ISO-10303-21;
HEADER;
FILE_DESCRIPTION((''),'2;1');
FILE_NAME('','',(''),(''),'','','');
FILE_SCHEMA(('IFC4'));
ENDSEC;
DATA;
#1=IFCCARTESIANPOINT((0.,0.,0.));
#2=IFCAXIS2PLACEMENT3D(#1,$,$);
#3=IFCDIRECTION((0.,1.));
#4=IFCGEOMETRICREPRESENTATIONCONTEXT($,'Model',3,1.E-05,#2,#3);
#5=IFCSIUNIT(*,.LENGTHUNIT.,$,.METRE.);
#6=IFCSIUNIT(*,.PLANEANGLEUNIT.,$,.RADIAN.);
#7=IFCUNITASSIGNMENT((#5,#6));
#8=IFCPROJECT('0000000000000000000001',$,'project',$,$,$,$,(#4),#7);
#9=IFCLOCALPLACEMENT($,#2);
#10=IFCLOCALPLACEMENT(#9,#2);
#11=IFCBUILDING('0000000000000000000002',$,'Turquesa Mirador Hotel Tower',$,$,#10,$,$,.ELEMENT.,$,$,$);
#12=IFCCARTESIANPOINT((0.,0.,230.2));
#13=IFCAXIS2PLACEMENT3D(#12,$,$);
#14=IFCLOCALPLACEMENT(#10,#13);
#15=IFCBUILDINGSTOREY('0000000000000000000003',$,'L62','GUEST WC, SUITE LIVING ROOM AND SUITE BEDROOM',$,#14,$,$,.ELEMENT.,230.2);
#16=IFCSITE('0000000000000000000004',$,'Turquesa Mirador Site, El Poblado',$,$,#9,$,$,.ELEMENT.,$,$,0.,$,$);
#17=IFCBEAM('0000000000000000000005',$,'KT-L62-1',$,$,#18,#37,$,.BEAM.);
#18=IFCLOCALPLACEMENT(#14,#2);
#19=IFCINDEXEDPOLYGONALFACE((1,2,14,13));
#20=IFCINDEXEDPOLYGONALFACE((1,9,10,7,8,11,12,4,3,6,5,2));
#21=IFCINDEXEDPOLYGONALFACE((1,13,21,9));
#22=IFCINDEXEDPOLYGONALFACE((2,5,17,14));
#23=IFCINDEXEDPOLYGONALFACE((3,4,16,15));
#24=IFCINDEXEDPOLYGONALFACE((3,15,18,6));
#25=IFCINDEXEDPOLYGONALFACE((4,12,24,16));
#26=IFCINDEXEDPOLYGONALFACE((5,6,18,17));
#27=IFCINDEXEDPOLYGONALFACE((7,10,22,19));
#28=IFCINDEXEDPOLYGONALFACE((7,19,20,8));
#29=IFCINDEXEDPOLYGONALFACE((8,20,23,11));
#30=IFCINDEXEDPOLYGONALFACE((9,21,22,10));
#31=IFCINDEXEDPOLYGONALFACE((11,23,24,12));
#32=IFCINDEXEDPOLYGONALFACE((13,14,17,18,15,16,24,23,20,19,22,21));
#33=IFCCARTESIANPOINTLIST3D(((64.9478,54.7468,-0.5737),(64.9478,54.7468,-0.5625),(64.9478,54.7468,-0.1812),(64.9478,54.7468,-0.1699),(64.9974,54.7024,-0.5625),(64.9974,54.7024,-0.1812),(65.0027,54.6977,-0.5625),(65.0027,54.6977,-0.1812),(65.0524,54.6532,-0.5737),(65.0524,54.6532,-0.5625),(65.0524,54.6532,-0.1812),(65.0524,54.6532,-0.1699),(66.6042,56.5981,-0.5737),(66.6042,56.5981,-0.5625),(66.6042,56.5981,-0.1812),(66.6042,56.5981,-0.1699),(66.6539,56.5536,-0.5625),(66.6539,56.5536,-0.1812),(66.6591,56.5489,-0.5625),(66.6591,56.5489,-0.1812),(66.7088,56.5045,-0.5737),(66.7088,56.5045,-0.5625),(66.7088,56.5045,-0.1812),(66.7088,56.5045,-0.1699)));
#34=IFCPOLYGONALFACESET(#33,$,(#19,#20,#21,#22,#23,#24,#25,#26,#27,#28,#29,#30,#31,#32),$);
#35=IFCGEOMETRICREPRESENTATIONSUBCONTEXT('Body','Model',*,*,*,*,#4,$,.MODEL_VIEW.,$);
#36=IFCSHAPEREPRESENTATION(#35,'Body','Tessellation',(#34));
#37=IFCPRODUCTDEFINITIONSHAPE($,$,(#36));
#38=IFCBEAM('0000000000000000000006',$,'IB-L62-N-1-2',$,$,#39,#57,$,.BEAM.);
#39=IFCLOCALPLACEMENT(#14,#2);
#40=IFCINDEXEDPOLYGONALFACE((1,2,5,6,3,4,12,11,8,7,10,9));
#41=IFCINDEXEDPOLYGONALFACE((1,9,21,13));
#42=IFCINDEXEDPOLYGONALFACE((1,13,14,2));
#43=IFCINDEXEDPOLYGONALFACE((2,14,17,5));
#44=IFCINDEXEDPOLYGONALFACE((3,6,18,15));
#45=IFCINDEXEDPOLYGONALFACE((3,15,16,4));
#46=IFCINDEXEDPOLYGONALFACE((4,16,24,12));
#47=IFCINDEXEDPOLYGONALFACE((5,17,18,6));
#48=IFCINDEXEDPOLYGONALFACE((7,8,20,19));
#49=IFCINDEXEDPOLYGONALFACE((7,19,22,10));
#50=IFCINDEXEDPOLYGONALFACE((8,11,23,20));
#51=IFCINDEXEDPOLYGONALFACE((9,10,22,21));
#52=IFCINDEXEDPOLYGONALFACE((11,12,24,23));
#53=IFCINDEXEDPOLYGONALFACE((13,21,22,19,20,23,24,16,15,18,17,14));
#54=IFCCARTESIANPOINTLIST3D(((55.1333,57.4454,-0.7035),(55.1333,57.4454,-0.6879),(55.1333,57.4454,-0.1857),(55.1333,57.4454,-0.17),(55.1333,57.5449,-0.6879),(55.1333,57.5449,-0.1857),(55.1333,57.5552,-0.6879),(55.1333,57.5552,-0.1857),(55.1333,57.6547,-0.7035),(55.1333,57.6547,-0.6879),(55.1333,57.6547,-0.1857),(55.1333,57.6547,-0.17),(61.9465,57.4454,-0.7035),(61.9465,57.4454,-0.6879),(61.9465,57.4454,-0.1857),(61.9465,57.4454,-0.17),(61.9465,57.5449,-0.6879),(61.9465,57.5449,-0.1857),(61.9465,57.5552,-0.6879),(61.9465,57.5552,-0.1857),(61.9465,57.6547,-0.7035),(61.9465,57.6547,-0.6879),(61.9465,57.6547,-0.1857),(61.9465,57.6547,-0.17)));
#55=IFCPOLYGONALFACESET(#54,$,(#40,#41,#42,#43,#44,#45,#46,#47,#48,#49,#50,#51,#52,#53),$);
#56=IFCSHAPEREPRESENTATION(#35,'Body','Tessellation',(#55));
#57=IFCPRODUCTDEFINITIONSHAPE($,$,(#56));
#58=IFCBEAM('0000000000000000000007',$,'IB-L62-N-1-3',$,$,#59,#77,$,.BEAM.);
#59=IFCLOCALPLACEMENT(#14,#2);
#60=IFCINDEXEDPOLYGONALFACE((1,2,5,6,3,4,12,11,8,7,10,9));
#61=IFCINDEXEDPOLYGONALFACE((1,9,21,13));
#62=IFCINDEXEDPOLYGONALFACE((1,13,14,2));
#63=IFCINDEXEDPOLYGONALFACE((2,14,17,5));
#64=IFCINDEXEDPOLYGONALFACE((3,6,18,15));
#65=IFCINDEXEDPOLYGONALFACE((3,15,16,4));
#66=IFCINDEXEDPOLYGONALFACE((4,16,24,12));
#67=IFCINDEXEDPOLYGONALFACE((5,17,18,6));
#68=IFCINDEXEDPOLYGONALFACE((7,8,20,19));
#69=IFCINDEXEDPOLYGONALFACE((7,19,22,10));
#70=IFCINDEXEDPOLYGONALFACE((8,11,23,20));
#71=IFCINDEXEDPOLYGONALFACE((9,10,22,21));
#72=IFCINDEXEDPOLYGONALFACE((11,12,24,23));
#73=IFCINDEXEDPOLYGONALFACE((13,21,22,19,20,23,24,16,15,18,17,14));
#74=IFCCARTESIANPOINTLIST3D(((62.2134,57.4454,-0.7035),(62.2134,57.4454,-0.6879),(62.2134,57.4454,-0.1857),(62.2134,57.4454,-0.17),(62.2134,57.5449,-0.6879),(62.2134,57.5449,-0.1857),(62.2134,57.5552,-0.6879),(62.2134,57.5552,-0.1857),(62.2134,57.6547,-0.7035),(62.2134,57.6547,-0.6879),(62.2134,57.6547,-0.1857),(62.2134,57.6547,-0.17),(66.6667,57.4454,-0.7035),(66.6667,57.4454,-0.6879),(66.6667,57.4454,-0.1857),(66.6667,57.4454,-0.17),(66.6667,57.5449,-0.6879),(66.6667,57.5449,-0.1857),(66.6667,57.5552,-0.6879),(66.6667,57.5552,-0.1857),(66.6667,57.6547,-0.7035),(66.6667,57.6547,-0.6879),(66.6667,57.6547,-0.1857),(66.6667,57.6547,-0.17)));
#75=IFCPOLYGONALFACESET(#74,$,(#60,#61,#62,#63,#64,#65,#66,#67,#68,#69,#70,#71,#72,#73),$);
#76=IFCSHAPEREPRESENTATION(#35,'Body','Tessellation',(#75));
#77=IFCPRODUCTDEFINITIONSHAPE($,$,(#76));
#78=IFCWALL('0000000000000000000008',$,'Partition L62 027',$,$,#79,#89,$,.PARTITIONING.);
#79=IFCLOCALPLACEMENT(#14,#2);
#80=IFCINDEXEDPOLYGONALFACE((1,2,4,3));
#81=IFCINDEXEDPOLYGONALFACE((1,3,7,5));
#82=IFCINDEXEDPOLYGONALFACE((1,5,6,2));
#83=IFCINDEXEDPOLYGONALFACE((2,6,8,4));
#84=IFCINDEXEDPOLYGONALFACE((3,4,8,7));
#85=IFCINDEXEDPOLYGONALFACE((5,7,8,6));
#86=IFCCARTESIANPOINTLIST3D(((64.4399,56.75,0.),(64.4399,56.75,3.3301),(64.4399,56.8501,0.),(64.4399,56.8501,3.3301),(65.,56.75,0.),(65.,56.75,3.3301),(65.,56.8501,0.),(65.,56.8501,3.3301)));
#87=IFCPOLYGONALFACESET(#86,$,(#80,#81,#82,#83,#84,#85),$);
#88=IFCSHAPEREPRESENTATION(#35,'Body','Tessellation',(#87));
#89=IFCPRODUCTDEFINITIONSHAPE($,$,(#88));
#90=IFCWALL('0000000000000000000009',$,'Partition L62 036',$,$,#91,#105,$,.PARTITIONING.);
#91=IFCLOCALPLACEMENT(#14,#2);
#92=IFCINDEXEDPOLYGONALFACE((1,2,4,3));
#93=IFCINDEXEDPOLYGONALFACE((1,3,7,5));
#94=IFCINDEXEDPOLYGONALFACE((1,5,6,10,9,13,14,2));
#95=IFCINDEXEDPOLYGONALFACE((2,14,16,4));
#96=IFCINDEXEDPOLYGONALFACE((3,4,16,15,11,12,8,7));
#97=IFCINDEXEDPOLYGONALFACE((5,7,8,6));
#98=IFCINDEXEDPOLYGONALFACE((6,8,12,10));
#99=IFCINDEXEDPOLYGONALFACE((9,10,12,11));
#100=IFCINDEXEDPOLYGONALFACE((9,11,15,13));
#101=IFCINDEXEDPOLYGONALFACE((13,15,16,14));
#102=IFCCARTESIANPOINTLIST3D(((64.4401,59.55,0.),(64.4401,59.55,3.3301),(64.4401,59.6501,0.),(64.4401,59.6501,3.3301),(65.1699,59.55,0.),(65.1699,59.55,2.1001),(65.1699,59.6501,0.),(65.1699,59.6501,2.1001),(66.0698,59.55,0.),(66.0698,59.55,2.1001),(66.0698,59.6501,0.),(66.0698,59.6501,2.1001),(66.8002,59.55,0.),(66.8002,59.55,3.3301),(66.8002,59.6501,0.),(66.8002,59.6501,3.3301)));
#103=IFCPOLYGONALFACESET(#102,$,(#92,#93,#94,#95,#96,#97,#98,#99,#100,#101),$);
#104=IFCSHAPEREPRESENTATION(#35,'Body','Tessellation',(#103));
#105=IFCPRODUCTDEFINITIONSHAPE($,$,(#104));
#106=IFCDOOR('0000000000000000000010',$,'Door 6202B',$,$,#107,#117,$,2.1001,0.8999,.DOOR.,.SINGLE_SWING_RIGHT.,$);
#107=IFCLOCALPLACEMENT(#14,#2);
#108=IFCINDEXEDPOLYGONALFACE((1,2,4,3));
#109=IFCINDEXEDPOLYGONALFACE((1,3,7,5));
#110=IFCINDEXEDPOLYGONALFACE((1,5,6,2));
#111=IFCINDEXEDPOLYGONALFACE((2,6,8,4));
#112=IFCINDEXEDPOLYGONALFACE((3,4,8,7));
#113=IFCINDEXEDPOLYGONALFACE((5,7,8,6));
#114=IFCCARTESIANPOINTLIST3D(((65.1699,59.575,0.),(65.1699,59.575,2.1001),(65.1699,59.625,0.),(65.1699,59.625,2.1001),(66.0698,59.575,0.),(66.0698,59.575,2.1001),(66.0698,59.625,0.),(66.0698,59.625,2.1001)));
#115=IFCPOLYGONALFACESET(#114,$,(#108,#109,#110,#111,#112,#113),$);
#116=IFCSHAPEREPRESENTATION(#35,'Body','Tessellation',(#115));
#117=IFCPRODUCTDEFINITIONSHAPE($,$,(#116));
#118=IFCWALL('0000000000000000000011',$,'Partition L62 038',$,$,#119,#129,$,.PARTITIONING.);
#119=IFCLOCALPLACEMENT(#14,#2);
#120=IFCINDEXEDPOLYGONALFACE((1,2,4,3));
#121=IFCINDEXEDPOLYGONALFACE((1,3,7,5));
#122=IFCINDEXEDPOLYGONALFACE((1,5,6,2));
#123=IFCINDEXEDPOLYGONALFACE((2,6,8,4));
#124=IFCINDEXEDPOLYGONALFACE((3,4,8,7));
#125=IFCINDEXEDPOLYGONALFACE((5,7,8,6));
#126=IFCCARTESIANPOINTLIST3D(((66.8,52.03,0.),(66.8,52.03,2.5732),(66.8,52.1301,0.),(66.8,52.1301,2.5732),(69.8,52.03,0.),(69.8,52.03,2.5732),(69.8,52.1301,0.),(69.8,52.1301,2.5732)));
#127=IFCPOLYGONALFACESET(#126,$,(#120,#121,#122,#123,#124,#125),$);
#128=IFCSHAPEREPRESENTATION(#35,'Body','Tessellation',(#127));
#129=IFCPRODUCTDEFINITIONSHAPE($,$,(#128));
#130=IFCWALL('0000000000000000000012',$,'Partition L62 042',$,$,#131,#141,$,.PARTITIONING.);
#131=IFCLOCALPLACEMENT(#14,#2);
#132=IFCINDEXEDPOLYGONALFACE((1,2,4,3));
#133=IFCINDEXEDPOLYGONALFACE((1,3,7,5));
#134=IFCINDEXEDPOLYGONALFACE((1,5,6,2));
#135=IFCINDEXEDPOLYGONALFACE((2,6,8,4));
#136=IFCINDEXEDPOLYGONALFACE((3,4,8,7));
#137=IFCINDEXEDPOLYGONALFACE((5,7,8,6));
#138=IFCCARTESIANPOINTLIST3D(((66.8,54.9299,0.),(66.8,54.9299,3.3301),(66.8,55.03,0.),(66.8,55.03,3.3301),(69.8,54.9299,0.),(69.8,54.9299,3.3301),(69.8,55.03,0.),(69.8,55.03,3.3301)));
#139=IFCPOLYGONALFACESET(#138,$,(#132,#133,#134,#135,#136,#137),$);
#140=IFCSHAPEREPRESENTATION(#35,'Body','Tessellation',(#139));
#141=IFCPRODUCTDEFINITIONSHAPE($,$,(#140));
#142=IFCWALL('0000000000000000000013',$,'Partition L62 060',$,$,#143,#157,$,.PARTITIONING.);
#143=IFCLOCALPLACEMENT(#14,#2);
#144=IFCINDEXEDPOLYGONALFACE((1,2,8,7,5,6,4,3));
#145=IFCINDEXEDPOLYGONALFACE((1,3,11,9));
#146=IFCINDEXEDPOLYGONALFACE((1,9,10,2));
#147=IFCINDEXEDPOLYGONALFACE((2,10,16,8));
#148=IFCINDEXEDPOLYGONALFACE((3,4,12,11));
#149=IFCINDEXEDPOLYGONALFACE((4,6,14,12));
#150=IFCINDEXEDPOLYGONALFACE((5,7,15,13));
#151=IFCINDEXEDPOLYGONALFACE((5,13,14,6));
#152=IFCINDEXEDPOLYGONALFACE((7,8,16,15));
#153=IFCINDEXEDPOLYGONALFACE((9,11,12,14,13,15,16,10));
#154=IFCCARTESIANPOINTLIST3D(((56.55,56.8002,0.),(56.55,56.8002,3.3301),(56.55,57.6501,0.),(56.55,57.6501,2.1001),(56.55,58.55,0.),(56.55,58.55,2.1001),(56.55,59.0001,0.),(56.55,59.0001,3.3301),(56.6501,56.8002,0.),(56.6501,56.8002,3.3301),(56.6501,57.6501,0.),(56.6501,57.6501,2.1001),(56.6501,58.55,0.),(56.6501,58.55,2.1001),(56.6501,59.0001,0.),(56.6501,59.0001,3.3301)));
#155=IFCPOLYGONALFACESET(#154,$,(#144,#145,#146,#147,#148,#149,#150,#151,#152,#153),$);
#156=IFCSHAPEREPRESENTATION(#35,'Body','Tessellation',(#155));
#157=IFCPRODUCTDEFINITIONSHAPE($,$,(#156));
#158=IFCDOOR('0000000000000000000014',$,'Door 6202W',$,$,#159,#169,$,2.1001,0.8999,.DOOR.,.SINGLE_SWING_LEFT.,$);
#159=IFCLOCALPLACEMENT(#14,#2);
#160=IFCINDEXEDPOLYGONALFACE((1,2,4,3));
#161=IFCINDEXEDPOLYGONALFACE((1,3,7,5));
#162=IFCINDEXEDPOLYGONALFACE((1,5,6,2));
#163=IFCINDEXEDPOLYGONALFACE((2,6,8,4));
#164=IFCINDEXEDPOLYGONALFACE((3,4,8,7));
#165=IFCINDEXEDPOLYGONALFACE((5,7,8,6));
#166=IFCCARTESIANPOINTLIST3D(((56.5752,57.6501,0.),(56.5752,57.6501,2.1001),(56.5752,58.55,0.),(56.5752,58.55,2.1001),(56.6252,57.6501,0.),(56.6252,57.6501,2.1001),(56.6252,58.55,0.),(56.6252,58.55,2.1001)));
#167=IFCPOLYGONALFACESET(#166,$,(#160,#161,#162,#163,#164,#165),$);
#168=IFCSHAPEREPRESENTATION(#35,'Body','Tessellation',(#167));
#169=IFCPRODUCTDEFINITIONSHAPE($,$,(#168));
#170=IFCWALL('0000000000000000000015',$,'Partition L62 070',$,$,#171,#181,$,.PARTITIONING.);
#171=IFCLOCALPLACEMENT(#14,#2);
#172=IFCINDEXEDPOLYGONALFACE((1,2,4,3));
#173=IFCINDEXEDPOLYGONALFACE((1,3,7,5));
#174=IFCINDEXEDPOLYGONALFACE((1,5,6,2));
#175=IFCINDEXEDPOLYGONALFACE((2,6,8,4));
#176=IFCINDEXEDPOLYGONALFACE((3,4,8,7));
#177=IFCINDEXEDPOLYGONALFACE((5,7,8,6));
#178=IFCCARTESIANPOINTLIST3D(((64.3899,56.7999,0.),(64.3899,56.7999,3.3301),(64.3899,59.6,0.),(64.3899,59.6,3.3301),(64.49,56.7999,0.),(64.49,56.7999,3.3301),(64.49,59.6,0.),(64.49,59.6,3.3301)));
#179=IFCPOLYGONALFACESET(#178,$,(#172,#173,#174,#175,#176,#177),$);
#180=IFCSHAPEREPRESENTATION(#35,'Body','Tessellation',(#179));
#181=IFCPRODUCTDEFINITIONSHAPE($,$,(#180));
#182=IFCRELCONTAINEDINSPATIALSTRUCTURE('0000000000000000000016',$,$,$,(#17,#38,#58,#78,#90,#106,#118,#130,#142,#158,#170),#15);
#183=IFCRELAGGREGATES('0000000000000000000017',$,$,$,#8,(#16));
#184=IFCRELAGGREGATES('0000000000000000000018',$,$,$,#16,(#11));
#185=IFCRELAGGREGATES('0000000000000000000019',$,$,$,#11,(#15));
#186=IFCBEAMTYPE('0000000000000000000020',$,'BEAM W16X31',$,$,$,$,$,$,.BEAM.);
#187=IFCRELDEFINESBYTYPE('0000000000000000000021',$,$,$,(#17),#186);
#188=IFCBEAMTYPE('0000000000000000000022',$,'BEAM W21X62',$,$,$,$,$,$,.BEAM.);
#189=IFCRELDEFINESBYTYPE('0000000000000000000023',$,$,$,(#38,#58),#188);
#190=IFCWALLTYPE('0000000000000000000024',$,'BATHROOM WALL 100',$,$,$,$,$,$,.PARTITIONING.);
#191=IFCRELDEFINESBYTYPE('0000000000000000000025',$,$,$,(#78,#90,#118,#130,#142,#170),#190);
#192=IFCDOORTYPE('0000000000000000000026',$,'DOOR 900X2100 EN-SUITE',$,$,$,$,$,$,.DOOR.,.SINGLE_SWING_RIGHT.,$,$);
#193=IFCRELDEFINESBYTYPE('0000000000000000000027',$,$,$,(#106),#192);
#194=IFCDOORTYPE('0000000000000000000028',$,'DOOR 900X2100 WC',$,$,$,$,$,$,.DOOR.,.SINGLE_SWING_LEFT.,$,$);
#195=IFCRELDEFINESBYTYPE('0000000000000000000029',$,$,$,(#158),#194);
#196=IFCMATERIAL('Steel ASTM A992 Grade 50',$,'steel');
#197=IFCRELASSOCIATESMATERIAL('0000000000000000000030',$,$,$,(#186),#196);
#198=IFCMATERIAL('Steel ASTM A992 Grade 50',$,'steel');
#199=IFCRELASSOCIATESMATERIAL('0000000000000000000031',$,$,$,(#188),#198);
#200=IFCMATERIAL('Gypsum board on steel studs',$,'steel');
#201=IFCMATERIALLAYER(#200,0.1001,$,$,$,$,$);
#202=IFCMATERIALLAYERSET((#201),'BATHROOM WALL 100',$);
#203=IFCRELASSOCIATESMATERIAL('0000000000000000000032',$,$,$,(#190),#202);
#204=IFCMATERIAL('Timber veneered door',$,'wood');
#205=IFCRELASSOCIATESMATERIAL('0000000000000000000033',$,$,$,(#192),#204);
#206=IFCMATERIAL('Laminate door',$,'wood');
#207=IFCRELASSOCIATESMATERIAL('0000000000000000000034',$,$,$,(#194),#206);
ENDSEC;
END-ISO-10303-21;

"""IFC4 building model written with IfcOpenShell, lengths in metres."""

from ifc_helpers import new_model, si_unit, direction, frame, frame_2d, origin, origin_2d, place, context, subcontext, project, spatial, rectangle, i_section, extrude, material, layer, layer_set, material_profile, profile_set, type_object, element, fill, save


model = new_model("IFC4")

# Units and contexts
model_context = context("Model", 3, precision=1e-05, world=origin(), true_north=direction((0.0, 1.0)))
body_context = subcontext(model_context, "Body", "Model", "MODEL_VIEW")
ifc_project = project(units=[si_unit("LENGTHUNIT", "METRE"), si_unit("PLANEANGLEUNIT", "RADIAN")], contexts=[model_context])

# Site, building, storey
site_placement = place(None, origin())
site = spatial("IfcSite", under=ifc_project, at=site_placement, Name="Turquesa Mirador Site, El Poblado", CompositionType="ELEMENT", RefElevation=0.0)
building_placement = place(site_placement, origin())
building = spatial("IfcBuilding", under=site, at=building_placement, Name="Turquesa Mirador Hotel Tower", CompositionType="ELEMENT")
storey_placement = place(building_placement, frame((0.0, 0.0, 230.2)))
storey = spatial("IfcBuildingStorey", under=building, at=storey_placement, Name="L62", Description="GUEST WC, SUITE LIVING ROOM AND SUITE BEDROOM", CompositionType="ELEMENT", Elevation=230.2)

# Beams
ifc_material_1 = material(Name="Steel ASTM A992 Grade 50", Category="steel")
ifc_material_profile_1 = material_profile(ifc_material_1, i_section(OverallWidth=0.1404, OverallDepth=0.4038, WebThickness=0.0071, FlangeThickness=0.0112, at=origin_2d()), Name="W16X31")
ifc_profile_set_1 = profile_set([ifc_material_profile_1], Name="Steel ASTM A992 Grade 50")
beam_type_1 = type_object("IfcBeamType", Name="BEAM W16X31", PredefinedType="BEAM", material=ifc_profile_set_1)
beam_1_placement = place(storey_placement, frame((66.6565, 56.5513, -0.3718), z_axis=(-0.666806, -0.745231, 0.0), x_axis=(0.745231, -0.666806, 0.0)))
element("IfcBeam", 1, at=beam_1_placement, inside=storey, type_object=beam_type_1, Name="KT-L62-1", PredefinedType="BEAM", context=body_context, shape_type="SweptSolid", body=[
    extrude(i_section(OverallWidth=0.1404, OverallDepth=0.4038, WebThickness=0.0071, FlangeThickness=0.0112, at=origin_2d()), origin(), (0.0, 0.0, 1.0), 2.4841),
])
ifc_material_2 = material(Name="Steel ASTM A992 Grade 50", Category="steel")
ifc_material_profile_2 = material_profile(ifc_material_2, i_section(OverallWidth=0.2092, OverallDepth=0.5334, WebThickness=0.0103, FlangeThickness=0.0156, at=origin_2d()), Name="W21X62")
ifc_profile_set_2 = profile_set([ifc_material_profile_2], Name="Steel ASTM A992 Grade 50")
beam_type_2 = type_object("IfcBeamType", Name="BEAM W21X62", PredefinedType="BEAM", material=ifc_profile_set_2)
beam_2_placement = place(storey_placement, frame((55.1333, 57.55, -0.4368), z_axis=(1.0, 0.0, 0.0), x_axis=(0.0, 1.0, 0.0)))
element("IfcBeam", 2, at=beam_2_placement, inside=storey, type_object=beam_type_2, Name="IB-L62-N-1-2", PredefinedType="BEAM", context=body_context, shape_type="SweptSolid", body=[
    extrude(i_section(OverallWidth=0.2092, OverallDepth=0.5334, WebThickness=0.0103, FlangeThickness=0.0156, at=origin_2d()), origin(), (0.0, 0.0, 1.0), 6.8132),
])
beam_3_placement = place(storey_placement, frame((62.2134, 57.55, -0.4368), z_axis=(1.0, 0.0, 0.0), x_axis=(0.0, 1.0, 0.0)))
element("IfcBeam", 3, at=beam_3_placement, inside=storey, type_object=beam_type_2, Name="IB-L62-N-1-3", PredefinedType="BEAM", context=body_context, shape_type="SweptSolid", body=[
    extrude(i_section(OverallWidth=0.2092, OverallDepth=0.5334, WebThickness=0.0103, FlangeThickness=0.0156, at=origin_2d()), origin(), (0.0, 0.0, 1.0), 4.4534),
])

# Wall
ifc_material_3 = material(Name="Gypsum board on steel studs", Category="steel")
ifc_layer_1 = layer(ifc_material_3, 0.1001)
ifc_layer_set_1 = layer_set([ifc_layer_1], Name="BATHROOM WALL 100")
wall_type_1 = type_object("IfcWallType", Name="BATHROOM WALL 100", PredefinedType="PARTITIONING", material=ifc_layer_set_1)
wall_1_placement = place(storey_placement, frame((64.4399, 56.8, 0.0), z_axis=(0.0, 0.0, 1.0), x_axis=(1.0, 0.0, 0.0)))
element("IfcWall", 4, at=wall_1_placement, inside=storey, type_object=wall_type_1, Name="Partition L62 027", PredefinedType="PARTITIONING", context=body_context, shape_type="SweptSolid", body=[
    extrude(rectangle(XDim=0.5601, YDim=0.1001, at=frame_2d((0.28, 0.0))), origin(), (0.0, 0.0, 1.0), 3.3301),
])

# Wall, opening, door
wall_2_placement = place(storey_placement, frame((64.4399, 59.6001, 0.0), z_axis=(0.0, 0.0, 1.0), x_axis=(1.0, 0.0, 0.0)))
wall_2 = element("IfcWall", 5, at=wall_2_placement, inside=storey, type_object=wall_type_1, Name="Partition L62 036", PredefinedType="PARTITIONING", context=body_context, shape_type="SweptSolid", body=[
    extrude(rectangle(XDim=2.3601, YDim=0.1001, at=frame_2d((1.1802, 0.0))), origin(), (0.0, 0.0, 1.0), 3.3301),
])
opening_1_placement = place(wall_2_placement, frame((0.73, 0.0, 0.0)))
opening_1 = element("IfcOpeningElement", 6, at=opening_1_placement, cuts=wall_2, PredefinedType="OPENING", context=body_context, shape_type="SweptSolid", body=[
    extrude(rectangle(XDim=0.8999, YDim=2.1001, at=frame_2d((0.45, 1.05))), frame((0.0, 0.0601, 0.0), z_axis=(0.0, -1.0, 0.0), x_axis=(1.0, 0.0, 0.0)), (0.0, 0.0, 1.0), 0.1201),
])
ifc_material_4 = material(Name="Timber veneered door", Category="wood")
door_type_1 = type_object("IfcDoorType", Name="DOOR 900X2100 EN-SUITE", OperationType="SINGLE_SWING_RIGHT", PredefinedType="DOOR", material=ifc_material_4)
door_1_placement = place(opening_1_placement, origin())
door_1 = element("IfcDoor", 7, at=door_1_placement, inside=storey, type_object=door_type_1, Name="Door 6202B", OperationType="SINGLE_SWING_RIGHT", OverallHeight=2.1001, OverallWidth=0.8999, PredefinedType="DOOR", context=body_context, shape_type="SweptSolid", body=[
    extrude(rectangle(XDim=0.8999, YDim=2.1001, at=frame_2d((0.45, 1.05))), frame((0.0, 0.0249, 0.0), z_axis=(0.0, -1.0, 0.0), x_axis=(1.0, 0.0, 0.0)), (0.0, 0.0, 1.0), 0.05),
])
fill(opening_1, door_1)

# Walls
wall_3_placement = place(storey_placement, frame((66.8, 52.0801, 0.0), z_axis=(0.0, 0.0, 1.0), x_axis=(1.0, 0.0, 0.0)))
element("IfcWall", 8, at=wall_3_placement, inside=storey, type_object=wall_type_1, Name="Partition L62 038", PredefinedType="PARTITIONING", context=body_context, shape_type="SweptSolid", body=[
    extrude(rectangle(XDim=3.0, YDim=0.1001, at=frame_2d((1.5, 0.0))), origin(), (0.0, 0.0, 1.0), 2.5732),
])
wall_4_placement = place(storey_placement, frame((66.8, 54.98, 0.0), z_axis=(0.0, 0.0, 1.0), x_axis=(1.0, 0.0, 0.0)))
element("IfcWall", 9, at=wall_4_placement, inside=storey, type_object=wall_type_1, Name="Partition L62 042", PredefinedType="PARTITIONING", context=body_context, shape_type="SweptSolid", body=[
    extrude(rectangle(XDim=3.0, YDim=0.1001, at=frame_2d((1.5, 0.0))), origin(), (0.0, 0.0, 1.0), 3.3301),
])

# Wall, opening, door
wall_5_placement = place(storey_placement, frame((56.6001, 56.8, 0.0), z_axis=(0.0, 0.0, 1.0), x_axis=(0.0, 1.0, 0.0)))
wall_5 = element("IfcWall", 10, at=wall_5_placement, inside=storey, type_object=wall_type_1, Name="Partition L62 060", PredefinedType="PARTITIONING", context=body_context, shape_type="SweptSolid", body=[
    extrude(rectangle(XDim=2.2, YDim=0.1001, at=frame_2d((1.1001, 0.0))), origin(), (0.0, 0.0, 1.0), 3.3301),
])
opening_2_placement = place(wall_5_placement, frame((0.8501, 0.0, 0.0)))
opening_2 = element("IfcOpeningElement", 11, at=opening_2_placement, cuts=wall_5, PredefinedType="OPENING", context=body_context, shape_type="SweptSolid", body=[
    extrude(rectangle(XDim=0.8999, YDim=2.1001, at=frame_2d((0.45, 1.05))), frame((0.0, 0.0601, 0.0), z_axis=(0.0, -1.0, 0.0), x_axis=(1.0, 0.0, 0.0)), (0.0, 0.0, 1.0), 0.1201),
])
ifc_material_5 = material(Name="Laminate door", Category="wood")
door_type_2 = type_object("IfcDoorType", Name="DOOR 900X2100 WC", OperationType="SINGLE_SWING_LEFT", PredefinedType="DOOR", material=ifc_material_5)
door_2_placement = place(opening_2_placement, origin())
door_2 = element("IfcDoor", 12, at=door_2_placement, inside=storey, type_object=door_type_2, Name="Door 6202W", OperationType="SINGLE_SWING_LEFT", OverallHeight=2.1001, OverallWidth=0.8999, PredefinedType="DOOR", context=body_context, shape_type="SweptSolid", body=[
    extrude(rectangle(XDim=0.8999, YDim=2.1001, at=frame_2d((0.45, 1.05))), frame((0.0, 0.0249, 0.0), z_axis=(0.0, -1.0, 0.0), x_axis=(1.0, 0.0, 0.0)), (0.0, 0.0, 1.0), 0.05),
])
fill(opening_2, door_2)

# Wall
wall_6_placement = place(storey_placement, frame((64.4399, 56.8, 0.0), z_axis=(0.0, 0.0, 1.0), x_axis=(0.0, 1.0, 0.0)))
element("IfcWall", 13, at=wall_6_placement, inside=storey, type_object=wall_type_1, Name="Partition L62 070", PredefinedType="PARTITIONING", context=body_context, shape_type="SweptSolid", body=[
    extrude(rectangle(XDim=2.8, YDim=0.1001, at=frame_2d((1.3999, 0.0))), origin(), (0.0, 0.0, 1.0), 3.3301),
])

save(model, "model.ifc")
